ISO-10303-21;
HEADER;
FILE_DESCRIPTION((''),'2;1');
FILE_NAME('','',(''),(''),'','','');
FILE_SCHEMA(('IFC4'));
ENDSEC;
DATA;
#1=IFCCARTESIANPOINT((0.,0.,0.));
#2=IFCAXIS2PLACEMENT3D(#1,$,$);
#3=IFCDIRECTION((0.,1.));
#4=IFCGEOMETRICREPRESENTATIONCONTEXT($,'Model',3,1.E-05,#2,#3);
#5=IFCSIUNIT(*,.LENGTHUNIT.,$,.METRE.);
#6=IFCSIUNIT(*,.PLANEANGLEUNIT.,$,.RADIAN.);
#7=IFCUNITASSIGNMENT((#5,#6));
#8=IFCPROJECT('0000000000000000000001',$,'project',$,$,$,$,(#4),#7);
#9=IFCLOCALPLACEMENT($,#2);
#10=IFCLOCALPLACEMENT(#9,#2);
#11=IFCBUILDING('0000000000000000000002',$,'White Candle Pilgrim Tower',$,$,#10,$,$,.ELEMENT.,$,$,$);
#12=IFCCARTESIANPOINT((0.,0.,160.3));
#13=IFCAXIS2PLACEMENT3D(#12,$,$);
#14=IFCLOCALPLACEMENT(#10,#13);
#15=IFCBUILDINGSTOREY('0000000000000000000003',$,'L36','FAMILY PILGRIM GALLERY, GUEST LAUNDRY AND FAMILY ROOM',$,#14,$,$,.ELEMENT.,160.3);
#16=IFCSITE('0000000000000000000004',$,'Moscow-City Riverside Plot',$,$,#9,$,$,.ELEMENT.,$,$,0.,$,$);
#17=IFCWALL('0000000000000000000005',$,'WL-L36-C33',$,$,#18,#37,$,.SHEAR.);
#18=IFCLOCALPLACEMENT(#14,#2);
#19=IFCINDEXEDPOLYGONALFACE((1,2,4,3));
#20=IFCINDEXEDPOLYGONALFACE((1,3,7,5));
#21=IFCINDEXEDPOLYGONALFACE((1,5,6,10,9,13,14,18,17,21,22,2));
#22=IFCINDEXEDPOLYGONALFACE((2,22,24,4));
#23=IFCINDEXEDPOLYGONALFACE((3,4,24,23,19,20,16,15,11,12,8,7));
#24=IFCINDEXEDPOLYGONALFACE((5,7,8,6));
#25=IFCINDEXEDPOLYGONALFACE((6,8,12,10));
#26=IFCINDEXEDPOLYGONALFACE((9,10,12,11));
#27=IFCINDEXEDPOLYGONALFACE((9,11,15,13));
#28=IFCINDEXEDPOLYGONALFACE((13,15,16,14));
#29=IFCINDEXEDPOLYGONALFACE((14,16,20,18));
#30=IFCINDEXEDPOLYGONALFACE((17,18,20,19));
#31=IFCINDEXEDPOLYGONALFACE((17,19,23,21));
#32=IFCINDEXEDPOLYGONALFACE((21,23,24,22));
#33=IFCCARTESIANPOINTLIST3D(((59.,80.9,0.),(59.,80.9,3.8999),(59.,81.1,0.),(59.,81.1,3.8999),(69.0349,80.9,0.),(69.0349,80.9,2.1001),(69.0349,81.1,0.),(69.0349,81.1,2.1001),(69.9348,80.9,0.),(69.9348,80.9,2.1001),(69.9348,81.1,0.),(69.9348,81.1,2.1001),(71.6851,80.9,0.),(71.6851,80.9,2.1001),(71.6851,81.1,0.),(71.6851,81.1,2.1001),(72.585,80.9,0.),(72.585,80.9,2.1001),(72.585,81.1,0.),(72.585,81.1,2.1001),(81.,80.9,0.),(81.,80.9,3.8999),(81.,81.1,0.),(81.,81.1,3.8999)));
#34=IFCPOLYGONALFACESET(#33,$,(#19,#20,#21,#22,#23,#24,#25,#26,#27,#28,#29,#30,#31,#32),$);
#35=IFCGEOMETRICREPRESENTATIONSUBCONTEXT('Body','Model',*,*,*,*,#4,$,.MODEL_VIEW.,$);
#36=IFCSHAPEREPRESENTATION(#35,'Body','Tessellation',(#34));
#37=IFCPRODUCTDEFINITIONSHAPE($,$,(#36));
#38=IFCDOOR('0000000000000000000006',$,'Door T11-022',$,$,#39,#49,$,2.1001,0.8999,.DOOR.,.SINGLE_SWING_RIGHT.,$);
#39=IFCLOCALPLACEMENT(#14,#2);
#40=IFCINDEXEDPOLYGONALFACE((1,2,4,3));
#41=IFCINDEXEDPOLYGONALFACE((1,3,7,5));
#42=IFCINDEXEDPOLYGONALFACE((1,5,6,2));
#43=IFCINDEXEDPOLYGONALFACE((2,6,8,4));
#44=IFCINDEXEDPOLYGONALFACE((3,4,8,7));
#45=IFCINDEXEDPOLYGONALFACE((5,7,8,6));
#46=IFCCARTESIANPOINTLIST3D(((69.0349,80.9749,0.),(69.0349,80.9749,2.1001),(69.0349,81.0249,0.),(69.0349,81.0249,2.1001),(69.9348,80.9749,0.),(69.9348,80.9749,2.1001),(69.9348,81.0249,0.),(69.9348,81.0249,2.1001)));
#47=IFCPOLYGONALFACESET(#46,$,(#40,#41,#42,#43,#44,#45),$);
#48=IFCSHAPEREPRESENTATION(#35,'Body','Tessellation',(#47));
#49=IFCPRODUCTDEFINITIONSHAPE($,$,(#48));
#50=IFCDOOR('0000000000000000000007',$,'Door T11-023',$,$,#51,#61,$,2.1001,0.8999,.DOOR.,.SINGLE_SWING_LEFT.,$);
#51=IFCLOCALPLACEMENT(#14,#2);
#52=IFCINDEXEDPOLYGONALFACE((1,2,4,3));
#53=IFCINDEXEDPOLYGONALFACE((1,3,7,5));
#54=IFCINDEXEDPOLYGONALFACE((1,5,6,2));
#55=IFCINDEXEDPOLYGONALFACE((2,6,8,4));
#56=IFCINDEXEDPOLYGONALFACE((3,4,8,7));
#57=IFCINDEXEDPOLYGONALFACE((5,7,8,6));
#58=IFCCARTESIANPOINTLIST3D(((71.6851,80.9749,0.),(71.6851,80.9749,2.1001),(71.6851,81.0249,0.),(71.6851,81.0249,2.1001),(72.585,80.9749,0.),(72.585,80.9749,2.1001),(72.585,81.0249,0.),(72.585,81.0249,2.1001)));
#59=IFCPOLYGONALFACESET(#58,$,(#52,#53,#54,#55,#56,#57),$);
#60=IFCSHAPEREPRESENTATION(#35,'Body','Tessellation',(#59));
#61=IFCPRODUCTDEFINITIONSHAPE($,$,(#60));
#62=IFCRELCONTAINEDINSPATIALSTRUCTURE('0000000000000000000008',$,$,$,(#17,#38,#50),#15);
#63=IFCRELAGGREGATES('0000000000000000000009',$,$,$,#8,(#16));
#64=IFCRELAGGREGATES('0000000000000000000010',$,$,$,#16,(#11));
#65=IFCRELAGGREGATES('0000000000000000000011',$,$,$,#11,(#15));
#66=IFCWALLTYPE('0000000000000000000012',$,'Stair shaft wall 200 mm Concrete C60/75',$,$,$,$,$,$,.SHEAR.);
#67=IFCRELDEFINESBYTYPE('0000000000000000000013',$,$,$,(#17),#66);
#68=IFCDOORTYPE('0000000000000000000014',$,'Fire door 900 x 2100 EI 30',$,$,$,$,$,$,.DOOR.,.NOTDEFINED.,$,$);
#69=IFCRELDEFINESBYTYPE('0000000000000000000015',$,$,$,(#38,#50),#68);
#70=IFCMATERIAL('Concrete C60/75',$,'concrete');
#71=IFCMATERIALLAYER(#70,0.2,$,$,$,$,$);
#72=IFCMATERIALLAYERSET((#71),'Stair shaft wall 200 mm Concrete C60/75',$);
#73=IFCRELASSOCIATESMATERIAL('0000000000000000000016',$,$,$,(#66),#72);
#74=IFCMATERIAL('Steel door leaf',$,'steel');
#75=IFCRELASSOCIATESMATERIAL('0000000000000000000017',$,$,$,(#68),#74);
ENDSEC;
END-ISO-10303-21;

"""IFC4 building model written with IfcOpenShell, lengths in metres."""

from ifc_helpers import new_model, si_unit, direction, frame, frame_2d, origin, place, context, subcontext, project, spatial, rectangle, extrude, material, layer, layer_set, type_object, element, fill, save


model = new_model("IFC4")

# Units and contexts
model_context = context("Model", 3, precision=1e-05, world=origin(), true_north=direction((0.0, 1.0)))
body_context = subcontext(model_context, "Body", "Model", "MODEL_VIEW")
ifc_project = project(units=[si_unit("LENGTHUNIT", "METRE"), si_unit("PLANEANGLEUNIT", "RADIAN")], contexts=[model_context])

# Site, building, storey
site_placement = place(None, origin())
site = spatial("IfcSite", under=ifc_project, at=site_placement, Name="Moscow-City Riverside Plot", CompositionType="ELEMENT", RefElevation=0.0)
building_placement = place(site_placement, origin())
building = spatial("IfcBuilding", under=site, at=building_placement, Name="White Candle Pilgrim Tower", CompositionType="ELEMENT")
storey_placement = place(building_placement, frame((0.0, 0.0, 160.3)))
storey = spatial("IfcBuildingStorey", under=building, at=storey_placement, Name="L36", Description="FAMILY PILGRIM GALLERY, GUEST LAUNDRY AND FAMILY ROOM", CompositionType="ELEMENT", Elevation=160.3)

# Shared definitions
ifc_material_1 = material(Name="Concrete C60/75", Category="concrete")

# Wall, openings, doors
ifc_layer_1 = layer(ifc_material_1, 0.2)
ifc_layer_set_1 = layer_set([ifc_layer_1], Name="Stair shaft wall 200 mm Concrete C60/75")
wall_type_1 = type_object("IfcWallType", Name="Stair shaft wall 200 mm Concrete C60/75", PredefinedType="SHEAR", material=ifc_layer_set_1)
wall_1_placement = place(storey_placement, frame((59.0, 81.0, 0.0), z_axis=(0.0, 0.0, 1.0), x_axis=(1.0, 0.0, 0.0)))
wall_1 = element("IfcWall", 1, at=wall_1_placement, inside=storey, type_object=wall_type_1, Name="WL-L36-C33", PredefinedType="SHEAR", context=body_context, shape_type="SweptSolid", body=[
    extrude(rectangle(XDim=22.0, YDim=0.2, at=frame_2d((11.0, 0.0))), origin(), (0.0, 0.0, 1.0), 3.8999),
])
opening_1_placement = place(wall_1_placement, frame((10.0349, 0.0, 0.0)))
opening_1 = element("IfcOpeningElement", 2, at=opening_1_placement, cuts=wall_1, PredefinedType="OPENING", context=body_context, shape_type="SweptSolid", body=[
    extrude(rectangle(XDim=0.8999, YDim=2.1001, at=frame_2d((0.45, 1.05))), frame((0.0, 0.1099, 0.0), z_axis=(0.0, -1.0, 0.0), x_axis=(1.0, 0.0, 0.0)), (0.0, 0.0, 1.0), 0.22),
])
opening_2_placement = place(wall_1_placement, frame((12.6851, 0.0, 0.0)))
opening_2 = element("IfcOpeningElement", 3, at=opening_2_placement, cuts=wall_1, PredefinedType="OPENING", context=body_context, shape_type="SweptSolid", body=[
    extrude(rectangle(XDim=0.8999, YDim=2.1001, at=frame_2d((0.45, 1.05))), frame((0.0, 0.1099, 0.0), z_axis=(0.0, -1.0, 0.0), x_axis=(1.0, 0.0, 0.0)), (0.0, 0.0, 1.0), 0.22),
])
ifc_material_2 = material(Name="Steel door leaf", Category="steel")
door_type = type_object("IfcDoorType", Name="Fire door 900 x 2100 EI 30", OperationType="NOTDEFINED", PredefinedType="DOOR", material=ifc_material_2)
door_1_placement = place(opening_1_placement, origin())
door_1 = element("IfcDoor", 4, at=door_1_placement, inside=storey, type_object=door_type, Name="Door T11-022", OperationType="SINGLE_SWING_RIGHT", OverallHeight=2.1001, OverallWidth=0.8999, PredefinedType="DOOR", context=body_context, shape_type="SweptSolid", body=[
    extrude(rectangle(XDim=0.8999, YDim=2.1001, at=frame_2d((0.45, 1.05))), frame((0.0, 0.0249, 0.0), z_axis=(0.0, -1.0, 0.0), x_axis=(1.0, 0.0, 0.0)), (0.0, 0.0, 1.0), 0.05),
])
fill(opening_1, door_1)
door_2_placement = place(opening_2_placement, origin())
door_2 = element("IfcDoor", 5, at=door_2_placement, inside=storey, type_object=door_type, Name="Door T11-023", OperationType="SINGLE_SWING_LEFT", OverallHeight=2.1001, OverallWidth=0.8999, PredefinedType="DOOR", context=body_context, shape_type="SweptSolid", body=[
    extrude(rectangle(XDim=0.8999, YDim=2.1001, at=frame_2d((0.45, 1.05))), frame((0.0, 0.0249, 0.0), z_axis=(0.0, -1.0, 0.0), x_axis=(1.0, 0.0, 0.0)), (0.0, 0.0, 1.0), 0.05),
])
fill(opening_2, door_2)

save(model, "model.ifc")
